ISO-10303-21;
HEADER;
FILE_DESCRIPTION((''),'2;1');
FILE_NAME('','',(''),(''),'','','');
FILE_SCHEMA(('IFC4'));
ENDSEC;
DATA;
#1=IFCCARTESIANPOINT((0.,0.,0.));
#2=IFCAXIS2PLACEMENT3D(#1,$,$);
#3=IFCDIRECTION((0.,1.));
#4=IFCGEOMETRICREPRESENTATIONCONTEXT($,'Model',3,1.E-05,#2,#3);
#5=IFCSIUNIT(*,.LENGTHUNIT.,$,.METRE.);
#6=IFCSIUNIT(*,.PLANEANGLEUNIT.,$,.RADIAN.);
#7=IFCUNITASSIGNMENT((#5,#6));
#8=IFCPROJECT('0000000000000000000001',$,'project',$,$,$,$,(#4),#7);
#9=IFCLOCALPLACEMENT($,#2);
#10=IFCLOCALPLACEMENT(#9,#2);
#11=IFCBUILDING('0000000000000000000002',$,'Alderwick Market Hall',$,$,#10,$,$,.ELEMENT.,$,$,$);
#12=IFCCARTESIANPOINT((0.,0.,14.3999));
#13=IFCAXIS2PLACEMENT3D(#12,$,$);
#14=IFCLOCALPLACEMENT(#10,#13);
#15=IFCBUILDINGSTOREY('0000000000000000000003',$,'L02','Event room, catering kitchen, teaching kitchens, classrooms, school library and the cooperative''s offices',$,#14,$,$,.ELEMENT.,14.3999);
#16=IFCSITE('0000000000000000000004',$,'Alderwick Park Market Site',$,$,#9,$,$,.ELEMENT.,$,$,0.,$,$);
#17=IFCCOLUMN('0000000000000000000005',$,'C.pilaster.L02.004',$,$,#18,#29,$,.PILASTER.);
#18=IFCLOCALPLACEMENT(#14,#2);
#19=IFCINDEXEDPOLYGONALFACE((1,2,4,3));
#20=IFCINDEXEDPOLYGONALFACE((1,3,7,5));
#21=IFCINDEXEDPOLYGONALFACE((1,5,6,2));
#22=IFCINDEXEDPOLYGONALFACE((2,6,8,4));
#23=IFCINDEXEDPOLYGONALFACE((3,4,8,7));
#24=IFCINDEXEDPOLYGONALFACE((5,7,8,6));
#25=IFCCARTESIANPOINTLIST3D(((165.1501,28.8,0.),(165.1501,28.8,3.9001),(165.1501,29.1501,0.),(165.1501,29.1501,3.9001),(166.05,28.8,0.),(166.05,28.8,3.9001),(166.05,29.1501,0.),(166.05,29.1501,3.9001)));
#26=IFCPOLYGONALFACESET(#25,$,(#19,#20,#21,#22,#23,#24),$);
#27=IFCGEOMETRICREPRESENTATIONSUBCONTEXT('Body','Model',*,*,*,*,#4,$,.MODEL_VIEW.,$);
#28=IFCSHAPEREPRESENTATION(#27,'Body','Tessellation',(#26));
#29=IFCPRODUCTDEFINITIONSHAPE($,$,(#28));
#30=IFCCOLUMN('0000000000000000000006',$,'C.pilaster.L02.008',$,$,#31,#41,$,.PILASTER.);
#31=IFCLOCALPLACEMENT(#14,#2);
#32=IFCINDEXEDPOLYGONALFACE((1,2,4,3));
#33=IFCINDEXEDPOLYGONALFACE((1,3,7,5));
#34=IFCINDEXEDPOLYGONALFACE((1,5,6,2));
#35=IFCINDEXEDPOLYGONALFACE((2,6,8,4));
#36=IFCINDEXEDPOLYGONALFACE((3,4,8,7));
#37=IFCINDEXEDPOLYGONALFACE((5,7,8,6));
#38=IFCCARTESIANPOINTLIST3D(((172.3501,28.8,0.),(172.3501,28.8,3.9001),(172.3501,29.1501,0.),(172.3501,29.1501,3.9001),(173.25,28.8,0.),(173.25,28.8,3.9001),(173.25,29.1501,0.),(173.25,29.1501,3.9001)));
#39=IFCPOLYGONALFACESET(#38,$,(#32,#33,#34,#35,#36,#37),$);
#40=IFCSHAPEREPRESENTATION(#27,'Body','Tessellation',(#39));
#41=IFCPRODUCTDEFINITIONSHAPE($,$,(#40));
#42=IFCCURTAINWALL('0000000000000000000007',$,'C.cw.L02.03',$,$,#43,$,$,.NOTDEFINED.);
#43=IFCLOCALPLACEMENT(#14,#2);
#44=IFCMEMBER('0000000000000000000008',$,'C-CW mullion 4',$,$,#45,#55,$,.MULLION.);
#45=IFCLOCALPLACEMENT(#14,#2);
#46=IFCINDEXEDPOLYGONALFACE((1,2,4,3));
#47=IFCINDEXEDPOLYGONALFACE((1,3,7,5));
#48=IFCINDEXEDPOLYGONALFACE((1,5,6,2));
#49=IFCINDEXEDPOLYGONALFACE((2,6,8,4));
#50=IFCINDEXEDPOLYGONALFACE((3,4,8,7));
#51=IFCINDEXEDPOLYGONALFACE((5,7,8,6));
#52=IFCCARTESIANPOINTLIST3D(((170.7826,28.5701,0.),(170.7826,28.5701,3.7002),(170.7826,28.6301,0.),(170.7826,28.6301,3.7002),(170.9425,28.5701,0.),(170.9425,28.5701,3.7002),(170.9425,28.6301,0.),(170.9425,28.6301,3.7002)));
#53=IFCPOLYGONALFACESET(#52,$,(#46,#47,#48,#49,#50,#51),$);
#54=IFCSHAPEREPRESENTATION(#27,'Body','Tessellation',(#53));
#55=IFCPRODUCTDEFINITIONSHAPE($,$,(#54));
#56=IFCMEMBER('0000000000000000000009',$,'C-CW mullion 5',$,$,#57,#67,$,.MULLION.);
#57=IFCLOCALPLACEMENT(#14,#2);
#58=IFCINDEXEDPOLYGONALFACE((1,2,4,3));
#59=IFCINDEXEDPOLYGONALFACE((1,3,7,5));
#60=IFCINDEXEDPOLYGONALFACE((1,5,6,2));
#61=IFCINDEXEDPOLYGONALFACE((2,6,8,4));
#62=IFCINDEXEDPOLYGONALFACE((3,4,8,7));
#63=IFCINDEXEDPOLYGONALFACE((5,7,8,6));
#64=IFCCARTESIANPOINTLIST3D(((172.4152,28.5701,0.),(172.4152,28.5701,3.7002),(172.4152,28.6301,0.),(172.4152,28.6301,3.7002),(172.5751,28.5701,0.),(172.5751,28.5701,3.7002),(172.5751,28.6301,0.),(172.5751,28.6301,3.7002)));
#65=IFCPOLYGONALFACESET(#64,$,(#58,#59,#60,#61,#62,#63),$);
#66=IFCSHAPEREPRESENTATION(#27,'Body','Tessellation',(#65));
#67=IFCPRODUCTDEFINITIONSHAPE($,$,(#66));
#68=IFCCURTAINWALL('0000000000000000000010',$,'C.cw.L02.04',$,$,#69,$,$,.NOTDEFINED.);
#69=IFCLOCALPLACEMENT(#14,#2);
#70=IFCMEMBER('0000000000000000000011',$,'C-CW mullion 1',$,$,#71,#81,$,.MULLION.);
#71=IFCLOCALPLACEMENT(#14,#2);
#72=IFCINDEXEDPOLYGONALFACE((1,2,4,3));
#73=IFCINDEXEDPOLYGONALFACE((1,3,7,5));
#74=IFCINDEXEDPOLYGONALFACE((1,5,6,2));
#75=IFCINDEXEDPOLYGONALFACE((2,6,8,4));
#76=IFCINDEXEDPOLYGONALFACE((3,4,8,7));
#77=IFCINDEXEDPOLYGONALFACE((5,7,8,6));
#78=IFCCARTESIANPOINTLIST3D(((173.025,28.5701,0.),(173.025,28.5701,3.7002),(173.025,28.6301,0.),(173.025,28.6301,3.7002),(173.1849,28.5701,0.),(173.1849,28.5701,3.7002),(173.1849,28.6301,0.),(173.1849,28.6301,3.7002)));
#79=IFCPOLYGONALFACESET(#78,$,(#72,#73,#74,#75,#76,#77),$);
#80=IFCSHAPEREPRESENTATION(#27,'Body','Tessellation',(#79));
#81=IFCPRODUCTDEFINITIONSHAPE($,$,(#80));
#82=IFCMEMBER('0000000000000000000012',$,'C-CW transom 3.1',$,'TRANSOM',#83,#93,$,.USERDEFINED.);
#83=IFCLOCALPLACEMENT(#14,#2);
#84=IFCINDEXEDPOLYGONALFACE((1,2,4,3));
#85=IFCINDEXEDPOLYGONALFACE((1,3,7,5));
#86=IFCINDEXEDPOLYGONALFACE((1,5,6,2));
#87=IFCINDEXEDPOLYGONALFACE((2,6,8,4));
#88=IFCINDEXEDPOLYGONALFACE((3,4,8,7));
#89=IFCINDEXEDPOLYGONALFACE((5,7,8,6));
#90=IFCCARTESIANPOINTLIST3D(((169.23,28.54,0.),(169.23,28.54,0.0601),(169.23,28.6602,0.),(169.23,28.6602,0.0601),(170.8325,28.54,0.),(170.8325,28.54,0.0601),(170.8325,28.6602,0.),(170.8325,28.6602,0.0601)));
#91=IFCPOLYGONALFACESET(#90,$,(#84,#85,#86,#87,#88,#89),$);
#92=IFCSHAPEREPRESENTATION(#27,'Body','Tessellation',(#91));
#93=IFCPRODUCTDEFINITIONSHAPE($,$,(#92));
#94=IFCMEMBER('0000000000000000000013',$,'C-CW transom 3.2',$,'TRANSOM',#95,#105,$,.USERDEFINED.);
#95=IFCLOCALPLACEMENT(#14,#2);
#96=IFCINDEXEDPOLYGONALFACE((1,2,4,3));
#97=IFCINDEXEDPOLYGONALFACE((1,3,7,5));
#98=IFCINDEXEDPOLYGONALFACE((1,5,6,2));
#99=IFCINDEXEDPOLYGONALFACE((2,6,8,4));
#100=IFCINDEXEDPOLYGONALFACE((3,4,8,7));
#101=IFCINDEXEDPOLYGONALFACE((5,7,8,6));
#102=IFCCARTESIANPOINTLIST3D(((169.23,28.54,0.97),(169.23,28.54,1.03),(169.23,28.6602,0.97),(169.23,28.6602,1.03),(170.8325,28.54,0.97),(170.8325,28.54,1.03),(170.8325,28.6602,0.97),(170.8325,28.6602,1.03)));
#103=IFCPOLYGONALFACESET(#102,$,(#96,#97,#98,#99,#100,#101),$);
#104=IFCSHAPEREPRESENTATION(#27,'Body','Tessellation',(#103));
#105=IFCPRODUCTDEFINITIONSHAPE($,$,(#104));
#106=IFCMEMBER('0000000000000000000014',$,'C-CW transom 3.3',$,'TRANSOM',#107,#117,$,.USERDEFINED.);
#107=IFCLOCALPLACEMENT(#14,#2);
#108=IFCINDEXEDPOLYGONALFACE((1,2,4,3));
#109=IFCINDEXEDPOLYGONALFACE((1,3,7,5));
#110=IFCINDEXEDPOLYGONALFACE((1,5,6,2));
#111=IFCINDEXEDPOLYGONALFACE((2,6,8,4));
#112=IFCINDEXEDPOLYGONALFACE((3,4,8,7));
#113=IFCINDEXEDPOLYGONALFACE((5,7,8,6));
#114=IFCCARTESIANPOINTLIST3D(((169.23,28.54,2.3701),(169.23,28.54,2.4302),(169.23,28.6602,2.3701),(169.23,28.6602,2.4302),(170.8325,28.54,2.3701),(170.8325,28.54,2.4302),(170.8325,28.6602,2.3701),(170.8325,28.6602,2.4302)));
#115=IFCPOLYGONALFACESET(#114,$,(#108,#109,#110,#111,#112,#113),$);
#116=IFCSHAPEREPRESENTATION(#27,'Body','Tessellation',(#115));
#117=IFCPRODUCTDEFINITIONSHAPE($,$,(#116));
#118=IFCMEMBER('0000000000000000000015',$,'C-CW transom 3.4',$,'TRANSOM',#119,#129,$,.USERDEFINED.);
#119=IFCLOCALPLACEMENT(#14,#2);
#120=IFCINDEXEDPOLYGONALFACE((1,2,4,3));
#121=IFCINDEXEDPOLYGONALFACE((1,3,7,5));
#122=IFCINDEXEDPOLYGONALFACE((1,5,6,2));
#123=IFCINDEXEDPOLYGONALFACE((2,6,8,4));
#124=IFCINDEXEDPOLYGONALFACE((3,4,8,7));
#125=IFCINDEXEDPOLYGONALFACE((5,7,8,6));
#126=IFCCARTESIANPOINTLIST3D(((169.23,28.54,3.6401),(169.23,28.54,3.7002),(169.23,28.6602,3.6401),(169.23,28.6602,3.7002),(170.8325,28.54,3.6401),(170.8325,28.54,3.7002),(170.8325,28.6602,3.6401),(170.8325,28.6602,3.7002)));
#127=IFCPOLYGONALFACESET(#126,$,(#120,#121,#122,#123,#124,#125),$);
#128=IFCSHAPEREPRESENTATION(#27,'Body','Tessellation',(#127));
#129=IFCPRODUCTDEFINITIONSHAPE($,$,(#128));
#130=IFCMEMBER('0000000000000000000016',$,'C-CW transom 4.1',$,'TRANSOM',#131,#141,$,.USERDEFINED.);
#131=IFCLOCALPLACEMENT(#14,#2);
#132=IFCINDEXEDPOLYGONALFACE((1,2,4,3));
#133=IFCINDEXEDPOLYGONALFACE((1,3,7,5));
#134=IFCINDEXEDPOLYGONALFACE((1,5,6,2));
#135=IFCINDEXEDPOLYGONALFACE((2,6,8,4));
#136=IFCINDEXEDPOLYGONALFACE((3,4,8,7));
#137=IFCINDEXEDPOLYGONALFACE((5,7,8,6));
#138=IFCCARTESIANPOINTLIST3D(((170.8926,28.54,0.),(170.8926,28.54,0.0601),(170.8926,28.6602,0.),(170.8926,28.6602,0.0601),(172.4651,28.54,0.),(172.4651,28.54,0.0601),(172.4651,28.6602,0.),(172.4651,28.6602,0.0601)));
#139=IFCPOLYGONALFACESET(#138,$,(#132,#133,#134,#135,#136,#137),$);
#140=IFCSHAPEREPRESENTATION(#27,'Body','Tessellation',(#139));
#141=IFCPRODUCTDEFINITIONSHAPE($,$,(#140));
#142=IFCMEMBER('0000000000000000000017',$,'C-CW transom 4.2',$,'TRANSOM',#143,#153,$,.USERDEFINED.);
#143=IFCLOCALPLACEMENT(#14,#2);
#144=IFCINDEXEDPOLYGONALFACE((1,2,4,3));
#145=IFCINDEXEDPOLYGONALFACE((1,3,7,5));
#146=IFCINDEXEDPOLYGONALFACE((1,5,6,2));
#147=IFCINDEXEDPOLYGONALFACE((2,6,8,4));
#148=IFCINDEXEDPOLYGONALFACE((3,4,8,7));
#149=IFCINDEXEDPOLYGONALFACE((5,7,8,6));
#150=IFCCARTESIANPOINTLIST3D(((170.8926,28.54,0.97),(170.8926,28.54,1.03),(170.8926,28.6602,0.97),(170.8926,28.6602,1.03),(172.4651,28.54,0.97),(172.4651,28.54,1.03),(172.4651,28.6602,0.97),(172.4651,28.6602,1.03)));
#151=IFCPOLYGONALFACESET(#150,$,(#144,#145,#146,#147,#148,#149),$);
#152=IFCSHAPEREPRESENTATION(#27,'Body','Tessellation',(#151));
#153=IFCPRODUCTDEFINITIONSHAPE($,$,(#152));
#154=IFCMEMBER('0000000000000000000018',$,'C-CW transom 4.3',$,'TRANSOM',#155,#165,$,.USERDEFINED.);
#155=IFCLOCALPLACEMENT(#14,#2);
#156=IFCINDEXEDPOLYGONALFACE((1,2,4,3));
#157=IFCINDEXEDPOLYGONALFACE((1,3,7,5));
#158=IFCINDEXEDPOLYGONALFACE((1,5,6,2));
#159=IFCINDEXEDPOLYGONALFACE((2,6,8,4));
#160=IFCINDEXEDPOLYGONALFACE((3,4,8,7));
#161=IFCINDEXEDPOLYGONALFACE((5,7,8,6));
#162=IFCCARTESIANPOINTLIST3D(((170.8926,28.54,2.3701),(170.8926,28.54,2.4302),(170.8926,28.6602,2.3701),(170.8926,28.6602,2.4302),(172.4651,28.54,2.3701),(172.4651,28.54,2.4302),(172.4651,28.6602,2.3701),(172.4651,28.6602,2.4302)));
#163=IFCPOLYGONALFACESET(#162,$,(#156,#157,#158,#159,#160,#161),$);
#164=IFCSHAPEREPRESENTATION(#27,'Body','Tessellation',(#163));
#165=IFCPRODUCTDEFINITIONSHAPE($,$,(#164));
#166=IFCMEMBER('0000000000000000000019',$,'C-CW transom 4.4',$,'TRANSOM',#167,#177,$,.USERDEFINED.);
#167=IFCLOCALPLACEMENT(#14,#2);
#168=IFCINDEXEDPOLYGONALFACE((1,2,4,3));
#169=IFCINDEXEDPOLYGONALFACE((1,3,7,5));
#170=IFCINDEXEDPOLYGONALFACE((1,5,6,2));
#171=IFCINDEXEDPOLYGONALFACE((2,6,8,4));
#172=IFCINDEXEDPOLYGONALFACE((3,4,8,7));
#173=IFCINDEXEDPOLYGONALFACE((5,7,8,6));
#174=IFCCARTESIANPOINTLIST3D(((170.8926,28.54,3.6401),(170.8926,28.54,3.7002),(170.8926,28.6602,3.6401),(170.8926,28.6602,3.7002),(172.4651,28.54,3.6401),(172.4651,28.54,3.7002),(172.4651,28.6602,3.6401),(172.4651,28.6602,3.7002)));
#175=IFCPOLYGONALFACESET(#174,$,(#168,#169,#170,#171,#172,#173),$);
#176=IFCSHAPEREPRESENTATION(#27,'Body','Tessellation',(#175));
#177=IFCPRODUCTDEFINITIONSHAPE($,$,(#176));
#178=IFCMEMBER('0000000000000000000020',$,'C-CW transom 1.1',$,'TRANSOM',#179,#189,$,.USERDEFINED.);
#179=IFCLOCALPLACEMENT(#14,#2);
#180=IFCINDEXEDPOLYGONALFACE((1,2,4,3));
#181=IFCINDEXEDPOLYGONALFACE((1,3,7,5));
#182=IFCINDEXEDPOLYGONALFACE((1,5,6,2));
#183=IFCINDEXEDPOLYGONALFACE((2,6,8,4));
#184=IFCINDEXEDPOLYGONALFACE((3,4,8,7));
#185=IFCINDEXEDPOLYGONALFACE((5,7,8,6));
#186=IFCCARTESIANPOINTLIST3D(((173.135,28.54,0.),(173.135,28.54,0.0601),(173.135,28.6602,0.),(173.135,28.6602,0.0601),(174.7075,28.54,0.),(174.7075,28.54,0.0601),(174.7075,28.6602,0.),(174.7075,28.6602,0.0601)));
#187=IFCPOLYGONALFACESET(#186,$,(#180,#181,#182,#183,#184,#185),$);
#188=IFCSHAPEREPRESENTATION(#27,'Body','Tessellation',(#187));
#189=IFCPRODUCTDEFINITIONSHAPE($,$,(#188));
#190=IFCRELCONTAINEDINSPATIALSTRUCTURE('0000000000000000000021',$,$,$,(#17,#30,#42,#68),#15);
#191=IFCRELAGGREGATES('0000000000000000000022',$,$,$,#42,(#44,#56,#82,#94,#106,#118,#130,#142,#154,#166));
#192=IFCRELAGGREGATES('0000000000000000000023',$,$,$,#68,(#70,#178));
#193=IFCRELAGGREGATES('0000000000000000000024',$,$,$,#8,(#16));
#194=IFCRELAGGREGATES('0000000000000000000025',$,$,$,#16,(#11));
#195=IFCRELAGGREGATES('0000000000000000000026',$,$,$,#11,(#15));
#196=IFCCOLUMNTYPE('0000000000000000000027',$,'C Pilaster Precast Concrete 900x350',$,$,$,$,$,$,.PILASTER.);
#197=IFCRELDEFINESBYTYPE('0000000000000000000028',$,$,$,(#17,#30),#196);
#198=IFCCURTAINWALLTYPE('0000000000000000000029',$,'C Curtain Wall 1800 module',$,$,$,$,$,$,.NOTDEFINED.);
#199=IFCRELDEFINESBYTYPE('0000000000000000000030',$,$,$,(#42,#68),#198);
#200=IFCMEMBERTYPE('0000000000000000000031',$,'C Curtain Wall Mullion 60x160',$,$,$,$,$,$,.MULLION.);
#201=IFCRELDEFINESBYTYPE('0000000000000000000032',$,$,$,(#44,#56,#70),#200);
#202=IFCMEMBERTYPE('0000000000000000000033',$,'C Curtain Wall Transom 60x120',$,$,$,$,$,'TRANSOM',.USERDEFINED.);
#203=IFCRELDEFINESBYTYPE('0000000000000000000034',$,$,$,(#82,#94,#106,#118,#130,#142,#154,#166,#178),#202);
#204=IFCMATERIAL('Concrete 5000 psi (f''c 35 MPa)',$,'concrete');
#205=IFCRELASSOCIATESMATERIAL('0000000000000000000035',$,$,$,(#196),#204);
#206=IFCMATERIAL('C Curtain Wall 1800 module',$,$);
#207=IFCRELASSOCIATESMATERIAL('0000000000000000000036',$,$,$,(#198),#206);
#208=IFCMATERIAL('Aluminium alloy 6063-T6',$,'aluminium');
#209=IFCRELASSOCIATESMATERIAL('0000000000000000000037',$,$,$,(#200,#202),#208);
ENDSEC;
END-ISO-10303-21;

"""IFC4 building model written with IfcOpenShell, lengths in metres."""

from ifc_helpers import new_model, si_unit, direction, frame, origin, origin_2d, place, context, subcontext, project, spatial, rectangle, extrude, material, material_profile, profile_set, type_object, element, aggregate, save


model = new_model("IFC4")

# Units and contexts
model_context = context("Model", 3, precision=1e-05, world=origin(), true_north=direction((0.0, 1.0)))
body_context = subcontext(model_context, "Body", "Model", "MODEL_VIEW")
ifc_project = project(units=[si_unit("LENGTHUNIT", "METRE"), si_unit("PLANEANGLEUNIT", "RADIAN")], contexts=[model_context])

# Site, building, storey
site_placement = place(None, origin())
site = spatial("IfcSite", under=ifc_project, at=site_placement, Name="Alderwick Park Market Site", CompositionType="ELEMENT", RefElevation=0.0)
building_placement = place(site_placement, origin())
building = spatial("IfcBuilding", under=site, at=building_placement, Name="Alderwick Market Hall", CompositionType="ELEMENT")
storey_placement = place(building_placement, frame((0.0, 0.0, 14.3999)))
storey = spatial("IfcBuildingStorey", under=building, at=storey_placement, Name="L02", Description="Event room, catering kitchen, teaching kitchens, classrooms, school library and the cooperative's offices", CompositionType="ELEMENT", Elevation=14.3999)

# Columns
ifc_material_1 = material(Name="Concrete 5000 psi (f'c 35 MPa)", Category="concrete")
ifc_material_profile_1 = material_profile(ifc_material_1, rectangle(XDim=0.8999, YDim=0.3501, at=origin_2d()), Name="PC 900x350")
ifc_profile_set_1 = profile_set([ifc_material_profile_1], Name="Concrete 5000 psi (f'c 35 MPa)")
column_type = type_object("IfcColumnType", Name="C Pilaster Precast Concrete 900x350", PredefinedType="PILASTER", material=ifc_profile_set_1)
for number, where, z_axis, x_axis, name in (
    (1, (165.6001, 28.9751, 0.0), (0.0, 0.0, 1.0), (1.0, 0.0, 0.0), "C.pilaster.L02.004"),
    (2, (172.8, 28.9751, 0.0), (0.0, 0.0, 1.0), (1.0, 0.0, 0.0), "C.pilaster.L02.008"),
):
    element("IfcColumn", number, at=place(storey_placement, frame(where, z_axis=z_axis, x_axis=x_axis)), inside=storey, type_object=column_type, Name=name, PredefinedType="PILASTER", context=body_context, shape_type="SweptSolid", body=[
        extrude(rectangle(XDim=0.8999, YDim=0.3501, at=origin_2d()), origin(), (0.0, 0.0, 1.0), 3.9001),
    ])

# Curtain wall, members
ifc_material_2 = material(Name="C Curtain Wall 1800 module")
curtain_wall_type = type_object("IfcCurtainWallType", Name="C Curtain Wall 1800 module", PredefinedType="NOTDEFINED", material=ifc_material_2)
curtain_wall_1_placement = place(storey_placement, origin())
curtain_wall_1 = element("IfcCurtainWall", 3, at=curtain_wall_1_placement, inside=storey, type_object=curtain_wall_type, Name="C.cw.L02.03", PredefinedType="NOTDEFINED")
ifc_material_3 = material(Name="Aluminium alloy 6063-T6", Category="aluminium")
ifc_material_profile_2 = material_profile(ifc_material_3, rectangle(XDim=0.0601, YDim=0.1599, at=origin_2d()), Name="AL 60x160")
ifc_profile_set_2 = profile_set([ifc_material_profile_2], Name="Aluminium alloy 6063-T6")
member_type_1 = type_object("IfcMemberType", Name="C Curtain Wall Mullion 60x160", PredefinedType="MULLION", material=ifc_profile_set_2)
member_1_placement = place(storey_placement, frame((170.8625, 28.6001, 0.0), z_axis=(0.0, 0.0, 1.0), x_axis=(0.0, 1.0, 0.0)))
member_1 = element("IfcMember", 4, at=member_1_placement, type_object=member_type_1, Name="C-CW mullion 4", PredefinedType="MULLION", context=body_context, shape_type="SweptSolid", body=[
    extrude(rectangle(XDim=0.0601, YDim=0.1599, at=origin_2d()), origin(), (0.0, 0.0, 1.0), 3.7002),
])
member_2_placement = place(storey_placement, frame((172.4951, 28.6001, 0.0), z_axis=(0.0, 0.0, 1.0), x_axis=(0.0, 1.0, 0.0)))
member_2 = element("IfcMember", 5, at=member_2_placement, type_object=member_type_1, Name="C-CW mullion 5", PredefinedType="MULLION", context=body_context, shape_type="SweptSolid", body=[
    extrude(rectangle(XDim=0.0601, YDim=0.1599, at=origin_2d()), origin(), (0.0, 0.0, 1.0), 3.7002),
])

# Curtain wall, member
curtain_wall_2_placement = place(storey_placement, origin())
curtain_wall_2 = element("IfcCurtainWall", 6, at=curtain_wall_2_placement, inside=storey, type_object=curtain_wall_type, Name="C.cw.L02.04", PredefinedType="NOTDEFINED")
member_3_placement = place(storey_placement, frame((173.105, 28.6001, 0.0), z_axis=(0.0, 0.0, 1.0), x_axis=(0.0, 1.0, 0.0)))
member_3 = element("IfcMember", 7, at=member_3_placement, type_object=member_type_1, Name="C-CW mullion 1", PredefinedType="MULLION", context=body_context, shape_type="SweptSolid", body=[
    extrude(rectangle(XDim=0.0601, YDim=0.1599, at=origin_2d()), origin(), (0.0, 0.0, 1.0), 3.7002),
])

# Members
ifc_material_profile_3 = material_profile(ifc_material_3, rectangle(XDim=0.1201, YDim=0.0601, at=origin_2d()), Name="AL 60x120")
ifc_profile_set_3 = profile_set([ifc_material_profile_3], Name="Aluminium alloy 6063-T6")
member_type_2 = type_object("IfcMemberType", Name="C Curtain Wall Transom 60x120", ElementType="TRANSOM", PredefinedType="USERDEFINED", material=ifc_profile_set_3)
member_4_placement = place(storey_placement, frame((169.23, 28.6001, 0.03), z_axis=(1.0, 0.0, 0.0), x_axis=(0.0, 1.0, 0.0)))
member_4 = element("IfcMember", 8, at=member_4_placement, type_object=member_type_2, Name="C-CW transom 3.1", ObjectType="TRANSOM", PredefinedType="USERDEFINED", context=body_context, shape_type="SweptSolid", body=[
    extrude(rectangle(XDim=0.1201, YDim=0.0601, at=origin_2d()), origin(), (0.0, 0.0, 1.0), 1.6025),
])
member_5_placement = place(storey_placement, frame((169.23, 28.6001, 1.0), z_axis=(1.0, 0.0, 0.0), x_axis=(0.0, 1.0, 0.0)))
member_5 = element("IfcMember", 9, at=member_5_placement, type_object=member_type_2, Name="C-CW transom 3.2", ObjectType="TRANSOM", PredefinedType="USERDEFINED", context=body_context, shape_type="SweptSolid", body=[
    extrude(rectangle(XDim=0.1201, YDim=0.0601, at=origin_2d()), origin(), (0.0, 0.0, 1.0), 1.6025),
])
member_6_placement = place(storey_placement, frame((169.23, 28.6001, 2.4001), z_axis=(1.0, 0.0, 0.0), x_axis=(0.0, 1.0, 0.0)))
member_6 = element("IfcMember", 10, at=member_6_placement, type_object=member_type_2, Name="C-CW transom 3.3", ObjectType="TRANSOM", PredefinedType="USERDEFINED", context=body_context, shape_type="SweptSolid", body=[
    extrude(rectangle(XDim=0.1201, YDim=0.0601, at=origin_2d()), origin(), (0.0, 0.0, 1.0), 1.6025),
])
member_7_placement = place(storey_placement, frame((169.23, 28.6001, 3.6702), z_axis=(1.0, 0.0, 0.0), x_axis=(0.0, 1.0, 0.0)))
member_7 = element("IfcMember", 11, at=member_7_placement, type_object=member_type_2, Name="C-CW transom 3.4", ObjectType="TRANSOM", PredefinedType="USERDEFINED", context=body_context, shape_type="SweptSolid", body=[
    extrude(rectangle(XDim=0.1201, YDim=0.0601, at=origin_2d()), origin(), (0.0, 0.0, 1.0), 1.6025),
])
member_8_placement = place(storey_placement, frame((170.8926, 28.6001, 0.03), z_axis=(1.0, 0.0, 0.0), x_axis=(0.0, 1.0, 0.0)))
member_8 = element("IfcMember", 12, at=member_8_placement, type_object=member_type_2, Name="C-CW transom 4.1", ObjectType="TRANSOM", PredefinedType="USERDEFINED", context=body_context, shape_type="SweptSolid", body=[
    extrude(rectangle(XDim=0.1201, YDim=0.0601, at=origin_2d()), origin(), (0.0, 0.0, 1.0), 1.5725),
])
member_9_placement = place(storey_placement, frame((170.8926, 28.6001, 1.0), z_axis=(1.0, 0.0, 0.0), x_axis=(0.0, 1.0, 0.0)))
member_9 = element("IfcMember", 13, at=member_9_placement, type_object=member_type_2, Name="C-CW transom 4.2", ObjectType="TRANSOM", PredefinedType="USERDEFINED", context=body_context, shape_type="SweptSolid", body=[
    extrude(rectangle(XDim=0.1201, YDim=0.0601, at=origin_2d()), origin(), (0.0, 0.0, 1.0), 1.5725),
])
member_10_placement = place(storey_placement, frame((170.8926, 28.6001, 2.4001), z_axis=(1.0, 0.0, 0.0), x_axis=(0.0, 1.0, 0.0)))
member_10 = element("IfcMember", 14, at=member_10_placement, type_object=member_type_2, Name="C-CW transom 4.3", ObjectType="TRANSOM", PredefinedType="USERDEFINED", context=body_context, shape_type="SweptSolid", body=[
    extrude(rectangle(XDim=0.1201, YDim=0.0601, at=origin_2d()), origin(), (0.0, 0.0, 1.0), 1.5725),
])
member_11_placement = place(storey_placement, frame((170.8926, 28.6001, 3.6702), z_axis=(1.0, 0.0, 0.0), x_axis=(0.0, 1.0, 0.0)))
member_11 = element("IfcMember", 15, at=member_11_placement, type_object=member_type_2, Name="C-CW transom 4.4", ObjectType="TRANSOM", PredefinedType="USERDEFINED", context=body_context, shape_type="SweptSolid", body=[
    extrude(rectangle(XDim=0.1201, YDim=0.0601, at=origin_2d()), origin(), (0.0, 0.0, 1.0), 1.5725),
])
member_12_placement = place(storey_placement, frame((173.135, 28.6001, 0.03), z_axis=(1.0, 0.0, 0.0), x_axis=(0.0, 1.0, 0.0)))
member_12 = element("IfcMember", 16, at=member_12_placement, type_object=member_type_2, Name="C-CW transom 1.1", ObjectType="TRANSOM", PredefinedType="USERDEFINED", context=body_context, shape_type="SweptSolid", body=[
    extrude(rectangle(XDim=0.1201, YDim=0.0601, at=origin_2d()), origin(), (0.0, 0.0, 1.0), 1.5725),
])

aggregate(curtain_wall_1, [member_1, member_2, member_4, member_5, member_6, member_7, member_8, member_9, member_10, member_11])
aggregate(curtain_wall_2, [member_3, member_12])

save(model, "model.ifc")
